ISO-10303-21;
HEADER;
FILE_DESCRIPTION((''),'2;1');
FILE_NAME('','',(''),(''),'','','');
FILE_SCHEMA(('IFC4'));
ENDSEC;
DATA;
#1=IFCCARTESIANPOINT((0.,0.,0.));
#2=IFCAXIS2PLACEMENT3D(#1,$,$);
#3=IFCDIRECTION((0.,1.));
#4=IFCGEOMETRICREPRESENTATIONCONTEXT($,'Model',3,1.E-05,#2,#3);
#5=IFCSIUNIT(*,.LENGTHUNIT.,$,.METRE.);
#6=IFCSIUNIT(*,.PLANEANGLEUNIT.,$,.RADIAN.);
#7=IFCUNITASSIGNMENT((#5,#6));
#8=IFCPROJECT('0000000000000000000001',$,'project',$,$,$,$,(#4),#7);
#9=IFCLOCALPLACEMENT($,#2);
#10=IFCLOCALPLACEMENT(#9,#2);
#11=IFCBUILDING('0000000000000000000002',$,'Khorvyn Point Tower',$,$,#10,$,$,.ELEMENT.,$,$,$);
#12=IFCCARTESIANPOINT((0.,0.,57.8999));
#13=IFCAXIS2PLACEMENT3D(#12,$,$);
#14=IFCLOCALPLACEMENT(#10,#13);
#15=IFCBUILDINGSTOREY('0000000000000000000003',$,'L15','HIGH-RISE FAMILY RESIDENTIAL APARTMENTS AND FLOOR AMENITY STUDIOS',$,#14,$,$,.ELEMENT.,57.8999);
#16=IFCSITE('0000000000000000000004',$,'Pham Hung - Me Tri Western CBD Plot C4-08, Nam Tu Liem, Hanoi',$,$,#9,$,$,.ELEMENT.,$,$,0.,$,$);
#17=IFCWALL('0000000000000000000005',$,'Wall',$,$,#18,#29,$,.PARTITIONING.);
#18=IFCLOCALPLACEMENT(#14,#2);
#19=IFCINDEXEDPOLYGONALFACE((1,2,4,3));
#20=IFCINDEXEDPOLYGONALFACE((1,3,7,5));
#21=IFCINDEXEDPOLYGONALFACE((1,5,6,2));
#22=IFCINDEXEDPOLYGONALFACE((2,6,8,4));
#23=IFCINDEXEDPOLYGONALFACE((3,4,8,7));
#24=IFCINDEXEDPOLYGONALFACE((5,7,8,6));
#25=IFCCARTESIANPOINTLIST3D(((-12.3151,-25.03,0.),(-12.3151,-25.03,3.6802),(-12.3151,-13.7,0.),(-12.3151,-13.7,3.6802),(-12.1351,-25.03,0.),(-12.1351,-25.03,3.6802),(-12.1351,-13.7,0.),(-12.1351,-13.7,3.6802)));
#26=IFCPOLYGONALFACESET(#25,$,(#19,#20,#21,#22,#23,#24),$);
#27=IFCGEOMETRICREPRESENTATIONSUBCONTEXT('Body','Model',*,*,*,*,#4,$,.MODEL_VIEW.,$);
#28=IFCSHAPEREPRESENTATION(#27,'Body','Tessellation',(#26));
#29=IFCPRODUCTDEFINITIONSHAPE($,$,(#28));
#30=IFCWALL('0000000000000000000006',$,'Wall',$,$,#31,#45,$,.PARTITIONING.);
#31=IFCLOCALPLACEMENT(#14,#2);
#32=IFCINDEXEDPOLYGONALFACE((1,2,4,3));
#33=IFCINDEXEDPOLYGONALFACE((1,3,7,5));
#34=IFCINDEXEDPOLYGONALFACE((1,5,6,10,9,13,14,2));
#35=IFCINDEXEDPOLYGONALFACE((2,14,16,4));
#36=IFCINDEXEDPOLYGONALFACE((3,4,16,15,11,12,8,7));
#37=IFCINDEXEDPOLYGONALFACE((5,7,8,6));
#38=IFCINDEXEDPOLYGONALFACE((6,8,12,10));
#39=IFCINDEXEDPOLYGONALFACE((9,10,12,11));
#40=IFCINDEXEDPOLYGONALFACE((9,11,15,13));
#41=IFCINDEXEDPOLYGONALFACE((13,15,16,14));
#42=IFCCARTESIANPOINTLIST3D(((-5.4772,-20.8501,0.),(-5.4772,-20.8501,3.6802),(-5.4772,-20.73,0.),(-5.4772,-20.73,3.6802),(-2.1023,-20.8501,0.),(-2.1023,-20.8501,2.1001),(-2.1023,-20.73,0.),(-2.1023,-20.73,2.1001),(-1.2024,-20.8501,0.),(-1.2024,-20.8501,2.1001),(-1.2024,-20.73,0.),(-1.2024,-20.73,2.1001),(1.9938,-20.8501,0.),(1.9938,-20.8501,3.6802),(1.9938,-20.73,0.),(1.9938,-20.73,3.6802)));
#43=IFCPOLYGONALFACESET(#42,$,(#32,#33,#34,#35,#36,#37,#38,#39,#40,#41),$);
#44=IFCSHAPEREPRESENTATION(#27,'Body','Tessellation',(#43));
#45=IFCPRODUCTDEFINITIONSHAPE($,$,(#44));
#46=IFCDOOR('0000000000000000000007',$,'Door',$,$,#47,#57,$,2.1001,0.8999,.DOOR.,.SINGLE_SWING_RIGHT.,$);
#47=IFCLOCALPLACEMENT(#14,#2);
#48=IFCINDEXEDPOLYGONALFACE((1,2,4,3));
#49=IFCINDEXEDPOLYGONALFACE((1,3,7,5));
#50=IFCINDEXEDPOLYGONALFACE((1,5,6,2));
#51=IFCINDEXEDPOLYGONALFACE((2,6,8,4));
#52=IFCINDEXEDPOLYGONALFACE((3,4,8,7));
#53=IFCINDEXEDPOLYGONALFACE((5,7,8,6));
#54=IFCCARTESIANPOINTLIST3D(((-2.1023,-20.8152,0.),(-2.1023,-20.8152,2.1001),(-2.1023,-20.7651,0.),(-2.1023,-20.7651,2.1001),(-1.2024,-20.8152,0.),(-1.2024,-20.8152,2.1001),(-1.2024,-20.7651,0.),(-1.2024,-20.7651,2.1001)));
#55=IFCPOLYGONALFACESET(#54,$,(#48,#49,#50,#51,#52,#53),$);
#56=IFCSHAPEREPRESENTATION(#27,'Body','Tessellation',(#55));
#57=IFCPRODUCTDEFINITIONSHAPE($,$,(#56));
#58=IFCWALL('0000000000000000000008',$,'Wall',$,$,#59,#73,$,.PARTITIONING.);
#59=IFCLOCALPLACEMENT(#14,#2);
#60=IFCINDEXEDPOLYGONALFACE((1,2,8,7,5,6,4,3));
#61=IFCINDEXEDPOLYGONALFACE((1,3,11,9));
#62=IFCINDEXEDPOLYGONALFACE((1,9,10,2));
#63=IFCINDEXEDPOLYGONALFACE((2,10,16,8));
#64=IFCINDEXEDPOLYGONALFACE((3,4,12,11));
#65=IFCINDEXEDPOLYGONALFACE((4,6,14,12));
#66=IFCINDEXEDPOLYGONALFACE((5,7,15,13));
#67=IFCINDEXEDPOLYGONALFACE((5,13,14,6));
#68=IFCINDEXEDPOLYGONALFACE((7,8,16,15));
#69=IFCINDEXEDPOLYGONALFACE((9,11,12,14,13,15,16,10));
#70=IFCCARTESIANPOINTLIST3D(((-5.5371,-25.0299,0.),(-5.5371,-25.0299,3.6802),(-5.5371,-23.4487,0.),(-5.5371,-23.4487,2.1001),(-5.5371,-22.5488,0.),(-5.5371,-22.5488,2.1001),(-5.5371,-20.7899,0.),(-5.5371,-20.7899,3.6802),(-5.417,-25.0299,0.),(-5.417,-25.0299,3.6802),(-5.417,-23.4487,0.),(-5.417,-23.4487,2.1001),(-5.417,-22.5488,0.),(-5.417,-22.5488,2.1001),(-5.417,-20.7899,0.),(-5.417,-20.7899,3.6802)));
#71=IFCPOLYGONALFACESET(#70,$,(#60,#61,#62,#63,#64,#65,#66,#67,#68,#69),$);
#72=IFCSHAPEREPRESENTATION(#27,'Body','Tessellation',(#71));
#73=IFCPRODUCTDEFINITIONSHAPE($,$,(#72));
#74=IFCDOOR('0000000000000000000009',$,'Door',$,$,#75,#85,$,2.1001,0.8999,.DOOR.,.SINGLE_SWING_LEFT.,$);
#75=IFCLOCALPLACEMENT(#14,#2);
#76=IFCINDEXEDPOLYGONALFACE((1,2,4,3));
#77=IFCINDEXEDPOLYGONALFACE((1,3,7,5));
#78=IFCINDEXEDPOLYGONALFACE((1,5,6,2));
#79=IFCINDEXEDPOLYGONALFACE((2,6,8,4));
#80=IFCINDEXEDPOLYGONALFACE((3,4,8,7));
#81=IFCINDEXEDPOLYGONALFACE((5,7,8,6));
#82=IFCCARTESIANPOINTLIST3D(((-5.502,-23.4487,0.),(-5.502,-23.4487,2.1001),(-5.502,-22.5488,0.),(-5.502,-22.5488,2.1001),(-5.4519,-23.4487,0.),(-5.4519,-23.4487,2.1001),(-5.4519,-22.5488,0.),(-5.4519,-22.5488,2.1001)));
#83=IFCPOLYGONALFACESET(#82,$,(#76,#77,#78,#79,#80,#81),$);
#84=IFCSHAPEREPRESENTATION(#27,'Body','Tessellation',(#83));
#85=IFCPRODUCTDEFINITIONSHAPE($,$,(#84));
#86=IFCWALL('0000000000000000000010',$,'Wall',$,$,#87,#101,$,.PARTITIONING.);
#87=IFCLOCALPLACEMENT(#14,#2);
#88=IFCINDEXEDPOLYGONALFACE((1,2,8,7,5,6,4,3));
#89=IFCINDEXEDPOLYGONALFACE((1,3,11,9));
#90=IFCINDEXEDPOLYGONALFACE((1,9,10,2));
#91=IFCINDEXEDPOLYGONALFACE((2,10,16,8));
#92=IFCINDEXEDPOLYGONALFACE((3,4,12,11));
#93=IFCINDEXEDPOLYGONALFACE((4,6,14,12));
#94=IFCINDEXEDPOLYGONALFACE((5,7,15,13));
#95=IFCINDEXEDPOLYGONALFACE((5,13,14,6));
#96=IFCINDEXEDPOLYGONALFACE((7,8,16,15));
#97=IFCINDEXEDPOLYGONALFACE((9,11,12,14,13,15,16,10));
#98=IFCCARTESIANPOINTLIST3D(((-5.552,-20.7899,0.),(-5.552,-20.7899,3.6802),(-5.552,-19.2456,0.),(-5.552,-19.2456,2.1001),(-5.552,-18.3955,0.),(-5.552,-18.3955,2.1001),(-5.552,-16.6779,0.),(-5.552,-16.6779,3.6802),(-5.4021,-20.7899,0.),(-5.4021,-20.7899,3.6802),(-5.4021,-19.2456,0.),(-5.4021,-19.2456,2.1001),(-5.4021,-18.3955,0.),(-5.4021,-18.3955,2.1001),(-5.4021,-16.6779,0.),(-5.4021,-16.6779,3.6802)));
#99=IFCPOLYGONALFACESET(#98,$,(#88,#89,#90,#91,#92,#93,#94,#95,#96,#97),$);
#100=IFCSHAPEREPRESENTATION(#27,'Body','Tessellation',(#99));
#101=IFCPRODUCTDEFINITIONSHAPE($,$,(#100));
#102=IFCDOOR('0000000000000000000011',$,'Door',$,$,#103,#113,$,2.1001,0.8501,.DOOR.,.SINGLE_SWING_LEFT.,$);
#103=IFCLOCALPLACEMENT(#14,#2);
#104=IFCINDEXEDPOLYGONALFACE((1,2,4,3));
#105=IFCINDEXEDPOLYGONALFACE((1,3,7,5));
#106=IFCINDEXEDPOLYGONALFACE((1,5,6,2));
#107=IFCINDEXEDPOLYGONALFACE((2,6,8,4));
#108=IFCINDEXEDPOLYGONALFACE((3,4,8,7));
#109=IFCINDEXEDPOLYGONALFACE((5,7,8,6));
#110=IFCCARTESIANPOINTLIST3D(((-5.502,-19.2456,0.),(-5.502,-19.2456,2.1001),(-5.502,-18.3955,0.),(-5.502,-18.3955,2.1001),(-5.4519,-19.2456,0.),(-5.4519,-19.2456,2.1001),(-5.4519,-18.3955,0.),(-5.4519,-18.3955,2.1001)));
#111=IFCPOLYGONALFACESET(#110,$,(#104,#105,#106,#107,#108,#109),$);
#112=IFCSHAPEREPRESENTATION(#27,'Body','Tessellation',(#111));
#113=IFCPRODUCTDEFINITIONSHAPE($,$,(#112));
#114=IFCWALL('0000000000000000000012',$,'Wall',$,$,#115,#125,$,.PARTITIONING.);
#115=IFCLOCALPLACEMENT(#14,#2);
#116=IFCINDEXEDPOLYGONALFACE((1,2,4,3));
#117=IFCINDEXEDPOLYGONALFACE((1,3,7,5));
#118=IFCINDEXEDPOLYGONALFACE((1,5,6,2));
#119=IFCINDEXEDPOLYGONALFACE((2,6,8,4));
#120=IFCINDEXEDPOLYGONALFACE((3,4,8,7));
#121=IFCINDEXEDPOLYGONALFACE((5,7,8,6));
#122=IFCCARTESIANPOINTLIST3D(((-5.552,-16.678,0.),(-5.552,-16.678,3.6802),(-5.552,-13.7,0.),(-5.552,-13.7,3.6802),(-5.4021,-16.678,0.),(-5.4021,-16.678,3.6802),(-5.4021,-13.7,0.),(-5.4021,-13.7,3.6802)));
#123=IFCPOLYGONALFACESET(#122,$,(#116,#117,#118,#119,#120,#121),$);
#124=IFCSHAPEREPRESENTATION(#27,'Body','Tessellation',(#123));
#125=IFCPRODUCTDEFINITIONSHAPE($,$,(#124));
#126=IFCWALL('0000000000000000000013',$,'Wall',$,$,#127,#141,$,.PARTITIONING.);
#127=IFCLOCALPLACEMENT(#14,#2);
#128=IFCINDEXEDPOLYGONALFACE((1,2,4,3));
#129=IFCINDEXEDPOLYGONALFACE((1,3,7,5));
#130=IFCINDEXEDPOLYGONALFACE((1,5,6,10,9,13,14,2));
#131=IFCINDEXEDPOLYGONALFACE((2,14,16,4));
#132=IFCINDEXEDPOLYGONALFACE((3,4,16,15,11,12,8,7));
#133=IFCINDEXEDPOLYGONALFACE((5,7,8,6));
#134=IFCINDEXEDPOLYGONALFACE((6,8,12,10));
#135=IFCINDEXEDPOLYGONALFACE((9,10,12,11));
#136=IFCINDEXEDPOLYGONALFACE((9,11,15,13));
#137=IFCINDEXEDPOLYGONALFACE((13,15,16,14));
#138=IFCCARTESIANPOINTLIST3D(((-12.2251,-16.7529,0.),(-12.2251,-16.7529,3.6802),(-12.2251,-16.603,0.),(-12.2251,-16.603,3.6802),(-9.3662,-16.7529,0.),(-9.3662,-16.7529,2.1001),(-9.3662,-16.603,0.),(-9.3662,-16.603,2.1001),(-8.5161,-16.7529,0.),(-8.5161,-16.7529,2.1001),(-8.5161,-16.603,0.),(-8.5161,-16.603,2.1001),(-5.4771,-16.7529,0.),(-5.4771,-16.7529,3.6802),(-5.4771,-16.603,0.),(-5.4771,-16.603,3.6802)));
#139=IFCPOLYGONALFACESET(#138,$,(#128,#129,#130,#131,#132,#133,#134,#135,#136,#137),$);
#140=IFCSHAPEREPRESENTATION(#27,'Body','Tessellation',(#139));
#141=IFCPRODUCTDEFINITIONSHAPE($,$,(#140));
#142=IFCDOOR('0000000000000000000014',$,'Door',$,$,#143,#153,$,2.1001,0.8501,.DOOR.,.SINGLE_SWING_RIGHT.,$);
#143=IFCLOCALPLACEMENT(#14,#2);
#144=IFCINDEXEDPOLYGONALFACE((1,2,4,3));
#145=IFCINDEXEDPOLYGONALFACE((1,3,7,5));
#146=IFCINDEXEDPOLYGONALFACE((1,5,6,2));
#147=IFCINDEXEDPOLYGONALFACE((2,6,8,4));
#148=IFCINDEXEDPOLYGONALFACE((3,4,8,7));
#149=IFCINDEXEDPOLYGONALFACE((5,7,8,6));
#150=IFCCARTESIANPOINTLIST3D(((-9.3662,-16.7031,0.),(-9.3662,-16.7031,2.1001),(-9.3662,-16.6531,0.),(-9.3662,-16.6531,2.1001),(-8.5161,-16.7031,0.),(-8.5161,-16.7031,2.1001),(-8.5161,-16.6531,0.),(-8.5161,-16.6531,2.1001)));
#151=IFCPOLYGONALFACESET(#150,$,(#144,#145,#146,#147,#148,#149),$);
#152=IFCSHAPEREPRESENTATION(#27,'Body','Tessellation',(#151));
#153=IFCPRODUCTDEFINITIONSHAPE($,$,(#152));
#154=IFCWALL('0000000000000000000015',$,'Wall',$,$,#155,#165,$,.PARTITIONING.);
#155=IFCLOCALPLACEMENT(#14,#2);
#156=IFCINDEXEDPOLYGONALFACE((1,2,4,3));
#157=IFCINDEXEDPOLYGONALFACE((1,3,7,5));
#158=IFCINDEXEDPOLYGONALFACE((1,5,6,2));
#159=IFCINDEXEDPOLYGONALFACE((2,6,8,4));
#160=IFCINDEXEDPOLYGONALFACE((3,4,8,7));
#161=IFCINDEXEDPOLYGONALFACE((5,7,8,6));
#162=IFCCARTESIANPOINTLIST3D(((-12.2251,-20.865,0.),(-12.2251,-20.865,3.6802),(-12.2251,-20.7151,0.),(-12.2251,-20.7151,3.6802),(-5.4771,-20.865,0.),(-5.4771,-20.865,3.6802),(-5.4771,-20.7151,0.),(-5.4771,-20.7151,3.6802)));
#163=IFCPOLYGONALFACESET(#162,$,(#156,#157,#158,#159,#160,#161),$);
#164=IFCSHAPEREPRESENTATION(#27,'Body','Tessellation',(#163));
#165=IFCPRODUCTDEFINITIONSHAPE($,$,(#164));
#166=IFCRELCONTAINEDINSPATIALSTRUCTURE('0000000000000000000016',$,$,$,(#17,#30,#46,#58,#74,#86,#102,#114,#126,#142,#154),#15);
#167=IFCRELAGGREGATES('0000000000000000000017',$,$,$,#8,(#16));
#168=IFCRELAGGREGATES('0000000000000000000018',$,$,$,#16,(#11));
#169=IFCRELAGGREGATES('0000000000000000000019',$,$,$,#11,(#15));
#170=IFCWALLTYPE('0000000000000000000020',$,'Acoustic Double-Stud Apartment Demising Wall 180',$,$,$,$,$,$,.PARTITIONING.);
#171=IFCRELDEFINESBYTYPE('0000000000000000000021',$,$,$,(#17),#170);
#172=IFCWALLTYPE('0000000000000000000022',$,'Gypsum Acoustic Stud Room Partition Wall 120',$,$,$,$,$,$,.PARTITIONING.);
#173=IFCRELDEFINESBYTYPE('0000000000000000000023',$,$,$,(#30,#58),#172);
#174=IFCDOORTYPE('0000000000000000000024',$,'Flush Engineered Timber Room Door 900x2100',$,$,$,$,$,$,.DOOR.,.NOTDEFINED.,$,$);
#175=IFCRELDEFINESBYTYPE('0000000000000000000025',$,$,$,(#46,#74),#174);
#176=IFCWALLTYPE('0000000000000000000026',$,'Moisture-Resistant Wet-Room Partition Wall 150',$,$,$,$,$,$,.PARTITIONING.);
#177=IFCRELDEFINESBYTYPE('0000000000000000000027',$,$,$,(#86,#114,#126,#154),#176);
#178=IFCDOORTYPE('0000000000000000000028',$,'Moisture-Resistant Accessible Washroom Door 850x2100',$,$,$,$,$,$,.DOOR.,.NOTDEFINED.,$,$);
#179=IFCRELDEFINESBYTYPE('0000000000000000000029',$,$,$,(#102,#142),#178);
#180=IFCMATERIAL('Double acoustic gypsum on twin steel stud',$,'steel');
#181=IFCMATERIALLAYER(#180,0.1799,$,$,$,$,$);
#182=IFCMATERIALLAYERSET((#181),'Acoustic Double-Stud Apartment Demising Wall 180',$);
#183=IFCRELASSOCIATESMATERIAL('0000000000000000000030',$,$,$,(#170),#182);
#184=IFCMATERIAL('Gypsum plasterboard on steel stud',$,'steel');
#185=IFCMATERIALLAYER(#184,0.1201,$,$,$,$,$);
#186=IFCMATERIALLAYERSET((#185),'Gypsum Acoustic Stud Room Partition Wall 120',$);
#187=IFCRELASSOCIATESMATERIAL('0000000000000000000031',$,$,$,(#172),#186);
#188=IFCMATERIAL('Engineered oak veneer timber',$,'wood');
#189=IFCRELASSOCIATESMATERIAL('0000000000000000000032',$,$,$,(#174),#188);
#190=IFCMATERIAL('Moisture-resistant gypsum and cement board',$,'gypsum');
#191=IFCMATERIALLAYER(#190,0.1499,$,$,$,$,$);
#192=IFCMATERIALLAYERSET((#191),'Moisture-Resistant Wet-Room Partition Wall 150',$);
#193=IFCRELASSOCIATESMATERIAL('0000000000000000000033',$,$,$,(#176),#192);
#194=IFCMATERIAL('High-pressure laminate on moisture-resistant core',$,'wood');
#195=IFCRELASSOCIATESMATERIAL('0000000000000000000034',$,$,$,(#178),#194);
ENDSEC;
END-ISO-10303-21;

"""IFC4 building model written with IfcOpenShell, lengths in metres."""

from ifc_helpers import new_model, si_unit, direction, frame, frame_2d, origin, place, context, subcontext, project, spatial, rectangle, extrude, material, layer, layer_set, type_object, element, fill, save


model = new_model("IFC4")

# Units and contexts
model_context = context("Model", 3, precision=1e-05, world=origin(), true_north=direction((0.0, 1.0)))
body_context = subcontext(model_context, "Body", "Model", "MODEL_VIEW")
ifc_project = project(units=[si_unit("LENGTHUNIT", "METRE"), si_unit("PLANEANGLEUNIT", "RADIAN")], contexts=[model_context])

# Site, building, storey
site_placement = place(None, origin())
site = spatial("IfcSite", under=ifc_project, at=site_placement, Name="Pham Hung - Me Tri Western CBD Plot C4-08, Nam Tu Liem, Hanoi", CompositionType="ELEMENT", RefElevation=0.0)
building_placement = place(site_placement, origin())
building = spatial("IfcBuilding", under=site, at=building_placement, Name="Khorvyn Point Tower", CompositionType="ELEMENT")
storey_placement = place(building_placement, frame((0.0, 0.0, 57.8999)))
storey = spatial("IfcBuildingStorey", under=building, at=storey_placement, Name="L15", Description="HIGH-RISE FAMILY RESIDENTIAL APARTMENTS AND FLOOR AMENITY STUDIOS", CompositionType="ELEMENT", Elevation=57.8999)

# Wall
ifc_material_1 = material(Name="Double acoustic gypsum on twin steel stud", Category="steel")
ifc_layer_1 = layer(ifc_material_1, 0.1799)
ifc_layer_set_1 = layer_set([ifc_layer_1], Name="Acoustic Double-Stud Apartment Demising Wall 180")
wall_type_1 = type_object("IfcWallType", Name="Acoustic Double-Stud Apartment Demising Wall 180", PredefinedType="PARTITIONING", material=ifc_layer_set_1)
wall_1_placement = place(storey_placement, frame((-12.2251, -25.03, 0.0), z_axis=(0.0, 0.0, 1.0), x_axis=(0.0, 1.0, 0.0)))
element("IfcWall", 1, at=wall_1_placement, inside=storey, type_object=wall_type_1, Name="Wall", PredefinedType="PARTITIONING", context=body_context, shape_type="SweptSolid", body=[
    extrude(rectangle(XDim=11.3301, YDim=0.1799, at=frame_2d((5.665, 0.0))), origin(), (0.0, 0.0, 1.0), 3.6802),
])

# Walls, openings, doors
ifc_material_2 = material(Name="Gypsum plasterboard on steel stud", Category="steel")
ifc_layer_2 = layer(ifc_material_2, 0.1201)
ifc_layer_set_2 = layer_set([ifc_layer_2], Name="Gypsum Acoustic Stud Room Partition Wall 120")
wall_type_2 = type_object("IfcWallType", Name="Gypsum Acoustic Stud Room Partition Wall 120", PredefinedType="PARTITIONING", material=ifc_layer_set_2)
wall_2_placement = place(storey_placement, frame((-5.4771, -20.79, 0.0), z_axis=(0.0, 0.0, 1.0), x_axis=(1.0, 0.0, 0.0)))
wall_2 = element("IfcWall", 2, at=wall_2_placement, inside=storey, type_object=wall_type_2, Name="Wall", PredefinedType="PARTITIONING", context=body_context, shape_type="SweptSolid", body=[
    extrude(rectangle(XDim=7.4709, YDim=0.1201, at=frame_2d((3.7354, 0.0))), origin(), (0.0, 0.0, 1.0), 3.6802),
])
opening_1_placement = place(wall_2_placement, frame((3.3748, 0.0, 0.0)))
opening_1 = element("IfcOpeningElement", 3, at=opening_1_placement, cuts=wall_2, PredefinedType="OPENING", context=body_context, shape_type="SweptSolid", body=[
    extrude(rectangle(XDim=0.8999, YDim=2.1001, at=frame_2d((0.45, 1.05))), frame((0.0, 0.0701, 0.0), z_axis=(0.0, -1.0, 0.0), x_axis=(1.0, 0.0, 0.0)), (0.0, 0.0, 1.0), 0.1401),
])
ifc_material_3 = material(Name="Engineered oak veneer timber", Category="wood")
door_type_1 = type_object("IfcDoorType", Name="Flush Engineered Timber Room Door 900x2100", OperationType="NOTDEFINED", PredefinedType="DOOR", material=ifc_material_3)
door_1_placement = place(opening_1_placement, origin())
door_1 = element("IfcDoor", 4, at=door_1_placement, inside=storey, type_object=door_type_1, Name="Door", OperationType="SINGLE_SWING_RIGHT", OverallHeight=2.1001, OverallWidth=0.8999, PredefinedType="DOOR", context=body_context, shape_type="SweptSolid", body=[
    extrude(rectangle(XDim=0.8999, YDim=2.1001, at=frame_2d((0.45, 1.05))), frame((0.0, 0.0249, 0.0), z_axis=(0.0, -1.0, 0.0), x_axis=(1.0, 0.0, 0.0)), (0.0, 0.0, 1.0), 0.05),
])
fill(opening_1, door_1)
wall_3_placement = place(storey_placement, frame((-5.4771, -25.03, 0.0), z_axis=(0.0, 0.0, 1.0), x_axis=(0.0, 1.0, 0.0)))
wall_3 = element("IfcWall", 5, at=wall_3_placement, inside=storey, type_object=wall_type_2, Name="Wall", PredefinedType="PARTITIONING", context=body_context, shape_type="SweptSolid", body=[
    extrude(rectangle(XDim=4.24, YDim=0.1201, at=frame_2d((2.1201, 0.0))), origin(), (0.0, 0.0, 1.0), 3.6802),
])
opening_2_placement = place(wall_3_placement, frame((1.5813, 0.0, 0.0)))
opening_2 = element("IfcOpeningElement", 6, at=opening_2_placement, cuts=wall_3, PredefinedType="OPENING", context=body_context, shape_type="SweptSolid", body=[
    extrude(rectangle(XDim=0.8999, YDim=2.1001, at=frame_2d((0.45, 1.05))), frame((0.0, 0.0701, 0.0), z_axis=(0.0, -1.0, 0.0), x_axis=(1.0, 0.0, 0.0)), (0.0, 0.0, 1.0), 0.1401),
])
door_2_placement = place(opening_2_placement, origin())
door_2 = element("IfcDoor", 7, at=door_2_placement, inside=storey, type_object=door_type_1, Name="Door", OperationType="SINGLE_SWING_LEFT", OverallHeight=2.1001, OverallWidth=0.8999, PredefinedType="DOOR", context=body_context, shape_type="SweptSolid", body=[
    extrude(rectangle(XDim=0.8999, YDim=2.1001, at=frame_2d((0.45, 1.05))), frame((0.0, 0.0249, 0.0), z_axis=(0.0, -1.0, 0.0), x_axis=(1.0, 0.0, 0.0)), (0.0, 0.0, 1.0), 0.05),
])
fill(opening_2, door_2)
ifc_material_4 = material(Name="Moisture-resistant gypsum and cement board", Category="gypsum")
ifc_layer_3 = layer(ifc_material_4, 0.1499)
ifc_layer_set_3 = layer_set([ifc_layer_3], Name="Moisture-Resistant Wet-Room Partition Wall 150")
wall_type_3 = type_object("IfcWallType", Name="Moisture-Resistant Wet-Room Partition Wall 150", PredefinedType="PARTITIONING", material=ifc_layer_set_3)
wall_4_placement = place(storey_placement, frame((-5.4771, -20.79, 0.0), z_axis=(0.0, 0.0, 1.0), x_axis=(0.0, 1.0, 0.0)))
wall_4 = element("IfcWall", 8, at=wall_4_placement, inside=storey, type_object=wall_type_3, Name="Wall", PredefinedType="PARTITIONING", context=body_context, shape_type="SweptSolid", body=[
    extrude(rectangle(XDim=4.1121, YDim=0.1499, at=frame_2d((2.0562, 0.0))), origin(), (0.0, 0.0, 1.0), 3.6802),
])
opening_3_placement = place(wall_4_placement, frame((1.5444, 0.0, 0.0)))
opening_3 = element("IfcOpeningElement", 9, at=opening_3_placement, cuts=wall_4, PredefinedType="OPENING", context=body_context, shape_type="SweptSolid", body=[
    extrude(rectangle(XDim=0.8501, YDim=2.1001, at=frame_2d((0.425, 1.05))), frame((0.0, 0.085, 0.0), z_axis=(0.0, -1.0, 0.0), x_axis=(1.0, 0.0, 0.0)), (0.0, 0.0, 1.0), 0.1699),
])
ifc_material_5 = material(Name="High-pressure laminate on moisture-resistant core", Category="wood")
door_type_2 = type_object("IfcDoorType", Name="Moisture-Resistant Accessible Washroom Door 850x2100", OperationType="NOTDEFINED", PredefinedType="DOOR", material=ifc_material_5)
door_3_placement = place(opening_3_placement, origin())
door_3 = element("IfcDoor", 10, at=door_3_placement, inside=storey, type_object=door_type_2, Name="Door", OperationType="SINGLE_SWING_LEFT", OverallHeight=2.1001, OverallWidth=0.8501, PredefinedType="DOOR", context=body_context, shape_type="SweptSolid", body=[
    extrude(rectangle(XDim=0.8501, YDim=2.1001, at=frame_2d((0.425, 1.05))), frame((0.0, 0.0249, 0.0), z_axis=(0.0, -1.0, 0.0), x_axis=(1.0, 0.0, 0.0)), (0.0, 0.0, 1.0), 0.05),
])
fill(opening_3, door_3)

# Wall
wall_5_placement = place(storey_placement, frame((-5.4771, -16.678, 0.0), z_axis=(0.0, 0.0, 1.0), x_axis=(0.0, 1.0, 0.0)))
element("IfcWall", 11, at=wall_5_placement, inside=storey, type_object=wall_type_3, Name="Wall", PredefinedType="PARTITIONING", context=body_context, shape_type="SweptSolid", body=[
    extrude(rectangle(XDim=2.978, YDim=0.1499, at=frame_2d((1.489, 0.0))), origin(), (0.0, 0.0, 1.0), 3.6802),
])

# Wall, opening, door
wall_6_placement = place(storey_placement, frame((-12.2251, -16.678, 0.0), z_axis=(0.0, 0.0, 1.0), x_axis=(1.0, 0.0, 0.0)))
wall_6 = element("IfcWall", 12, at=wall_6_placement, inside=storey, type_object=wall_type_3, Name="Wall", PredefinedType="PARTITIONING", context=body_context, shape_type="SweptSolid", body=[
    extrude(rectangle(XDim=6.748, YDim=0.1499, at=frame_2d((3.374, 0.0))), origin(), (0.0, 0.0, 1.0), 3.6802),
])
opening_4_placement = place(wall_6_placement, frame((2.8589, 0.0, 0.0)))
opening_4 = element("IfcOpeningElement", 13, at=opening_4_placement, cuts=wall_6, PredefinedType="OPENING", context=body_context, shape_type="SweptSolid", body=[
    extrude(rectangle(XDim=0.8501, YDim=2.1001, at=frame_2d((0.425, 1.05))), frame((0.0, 0.085, 0.0), z_axis=(0.0, -1.0, 0.0), x_axis=(1.0, 0.0, 0.0)), (0.0, 0.0, 1.0), 0.1699),
])
door_4_placement = place(opening_4_placement, origin())
door_4 = element("IfcDoor", 14, at=door_4_placement, inside=storey, type_object=door_type_2, Name="Door", OperationType="SINGLE_SWING_RIGHT", OverallHeight=2.1001, OverallWidth=0.8501, PredefinedType="DOOR", context=body_context, shape_type="SweptSolid", body=[
    extrude(rectangle(XDim=0.8501, YDim=2.1001, at=frame_2d((0.425, 1.05))), frame((0.0, 0.0249, 0.0), z_axis=(0.0, -1.0, 0.0), x_axis=(1.0, 0.0, 0.0)), (0.0, 0.0, 1.0), 0.05),
])
fill(opening_4, door_4)

# Wall
wall_7_placement = place(storey_placement, frame((-12.2251, -20.79, 0.0), z_axis=(0.0, 0.0, 1.0), x_axis=(1.0, 0.0, 0.0)))
element("IfcWall", 15, at=wall_7_placement, inside=storey, type_object=wall_type_3, Name="Wall", PredefinedType="PARTITIONING", context=body_context, shape_type="SweptSolid", body=[
    extrude(rectangle(XDim=6.748, YDim=0.1499, at=frame_2d((3.374, 0.0))), origin(), (0.0, 0.0, 1.0), 3.6802),
])

save(model, "model.ifc")
